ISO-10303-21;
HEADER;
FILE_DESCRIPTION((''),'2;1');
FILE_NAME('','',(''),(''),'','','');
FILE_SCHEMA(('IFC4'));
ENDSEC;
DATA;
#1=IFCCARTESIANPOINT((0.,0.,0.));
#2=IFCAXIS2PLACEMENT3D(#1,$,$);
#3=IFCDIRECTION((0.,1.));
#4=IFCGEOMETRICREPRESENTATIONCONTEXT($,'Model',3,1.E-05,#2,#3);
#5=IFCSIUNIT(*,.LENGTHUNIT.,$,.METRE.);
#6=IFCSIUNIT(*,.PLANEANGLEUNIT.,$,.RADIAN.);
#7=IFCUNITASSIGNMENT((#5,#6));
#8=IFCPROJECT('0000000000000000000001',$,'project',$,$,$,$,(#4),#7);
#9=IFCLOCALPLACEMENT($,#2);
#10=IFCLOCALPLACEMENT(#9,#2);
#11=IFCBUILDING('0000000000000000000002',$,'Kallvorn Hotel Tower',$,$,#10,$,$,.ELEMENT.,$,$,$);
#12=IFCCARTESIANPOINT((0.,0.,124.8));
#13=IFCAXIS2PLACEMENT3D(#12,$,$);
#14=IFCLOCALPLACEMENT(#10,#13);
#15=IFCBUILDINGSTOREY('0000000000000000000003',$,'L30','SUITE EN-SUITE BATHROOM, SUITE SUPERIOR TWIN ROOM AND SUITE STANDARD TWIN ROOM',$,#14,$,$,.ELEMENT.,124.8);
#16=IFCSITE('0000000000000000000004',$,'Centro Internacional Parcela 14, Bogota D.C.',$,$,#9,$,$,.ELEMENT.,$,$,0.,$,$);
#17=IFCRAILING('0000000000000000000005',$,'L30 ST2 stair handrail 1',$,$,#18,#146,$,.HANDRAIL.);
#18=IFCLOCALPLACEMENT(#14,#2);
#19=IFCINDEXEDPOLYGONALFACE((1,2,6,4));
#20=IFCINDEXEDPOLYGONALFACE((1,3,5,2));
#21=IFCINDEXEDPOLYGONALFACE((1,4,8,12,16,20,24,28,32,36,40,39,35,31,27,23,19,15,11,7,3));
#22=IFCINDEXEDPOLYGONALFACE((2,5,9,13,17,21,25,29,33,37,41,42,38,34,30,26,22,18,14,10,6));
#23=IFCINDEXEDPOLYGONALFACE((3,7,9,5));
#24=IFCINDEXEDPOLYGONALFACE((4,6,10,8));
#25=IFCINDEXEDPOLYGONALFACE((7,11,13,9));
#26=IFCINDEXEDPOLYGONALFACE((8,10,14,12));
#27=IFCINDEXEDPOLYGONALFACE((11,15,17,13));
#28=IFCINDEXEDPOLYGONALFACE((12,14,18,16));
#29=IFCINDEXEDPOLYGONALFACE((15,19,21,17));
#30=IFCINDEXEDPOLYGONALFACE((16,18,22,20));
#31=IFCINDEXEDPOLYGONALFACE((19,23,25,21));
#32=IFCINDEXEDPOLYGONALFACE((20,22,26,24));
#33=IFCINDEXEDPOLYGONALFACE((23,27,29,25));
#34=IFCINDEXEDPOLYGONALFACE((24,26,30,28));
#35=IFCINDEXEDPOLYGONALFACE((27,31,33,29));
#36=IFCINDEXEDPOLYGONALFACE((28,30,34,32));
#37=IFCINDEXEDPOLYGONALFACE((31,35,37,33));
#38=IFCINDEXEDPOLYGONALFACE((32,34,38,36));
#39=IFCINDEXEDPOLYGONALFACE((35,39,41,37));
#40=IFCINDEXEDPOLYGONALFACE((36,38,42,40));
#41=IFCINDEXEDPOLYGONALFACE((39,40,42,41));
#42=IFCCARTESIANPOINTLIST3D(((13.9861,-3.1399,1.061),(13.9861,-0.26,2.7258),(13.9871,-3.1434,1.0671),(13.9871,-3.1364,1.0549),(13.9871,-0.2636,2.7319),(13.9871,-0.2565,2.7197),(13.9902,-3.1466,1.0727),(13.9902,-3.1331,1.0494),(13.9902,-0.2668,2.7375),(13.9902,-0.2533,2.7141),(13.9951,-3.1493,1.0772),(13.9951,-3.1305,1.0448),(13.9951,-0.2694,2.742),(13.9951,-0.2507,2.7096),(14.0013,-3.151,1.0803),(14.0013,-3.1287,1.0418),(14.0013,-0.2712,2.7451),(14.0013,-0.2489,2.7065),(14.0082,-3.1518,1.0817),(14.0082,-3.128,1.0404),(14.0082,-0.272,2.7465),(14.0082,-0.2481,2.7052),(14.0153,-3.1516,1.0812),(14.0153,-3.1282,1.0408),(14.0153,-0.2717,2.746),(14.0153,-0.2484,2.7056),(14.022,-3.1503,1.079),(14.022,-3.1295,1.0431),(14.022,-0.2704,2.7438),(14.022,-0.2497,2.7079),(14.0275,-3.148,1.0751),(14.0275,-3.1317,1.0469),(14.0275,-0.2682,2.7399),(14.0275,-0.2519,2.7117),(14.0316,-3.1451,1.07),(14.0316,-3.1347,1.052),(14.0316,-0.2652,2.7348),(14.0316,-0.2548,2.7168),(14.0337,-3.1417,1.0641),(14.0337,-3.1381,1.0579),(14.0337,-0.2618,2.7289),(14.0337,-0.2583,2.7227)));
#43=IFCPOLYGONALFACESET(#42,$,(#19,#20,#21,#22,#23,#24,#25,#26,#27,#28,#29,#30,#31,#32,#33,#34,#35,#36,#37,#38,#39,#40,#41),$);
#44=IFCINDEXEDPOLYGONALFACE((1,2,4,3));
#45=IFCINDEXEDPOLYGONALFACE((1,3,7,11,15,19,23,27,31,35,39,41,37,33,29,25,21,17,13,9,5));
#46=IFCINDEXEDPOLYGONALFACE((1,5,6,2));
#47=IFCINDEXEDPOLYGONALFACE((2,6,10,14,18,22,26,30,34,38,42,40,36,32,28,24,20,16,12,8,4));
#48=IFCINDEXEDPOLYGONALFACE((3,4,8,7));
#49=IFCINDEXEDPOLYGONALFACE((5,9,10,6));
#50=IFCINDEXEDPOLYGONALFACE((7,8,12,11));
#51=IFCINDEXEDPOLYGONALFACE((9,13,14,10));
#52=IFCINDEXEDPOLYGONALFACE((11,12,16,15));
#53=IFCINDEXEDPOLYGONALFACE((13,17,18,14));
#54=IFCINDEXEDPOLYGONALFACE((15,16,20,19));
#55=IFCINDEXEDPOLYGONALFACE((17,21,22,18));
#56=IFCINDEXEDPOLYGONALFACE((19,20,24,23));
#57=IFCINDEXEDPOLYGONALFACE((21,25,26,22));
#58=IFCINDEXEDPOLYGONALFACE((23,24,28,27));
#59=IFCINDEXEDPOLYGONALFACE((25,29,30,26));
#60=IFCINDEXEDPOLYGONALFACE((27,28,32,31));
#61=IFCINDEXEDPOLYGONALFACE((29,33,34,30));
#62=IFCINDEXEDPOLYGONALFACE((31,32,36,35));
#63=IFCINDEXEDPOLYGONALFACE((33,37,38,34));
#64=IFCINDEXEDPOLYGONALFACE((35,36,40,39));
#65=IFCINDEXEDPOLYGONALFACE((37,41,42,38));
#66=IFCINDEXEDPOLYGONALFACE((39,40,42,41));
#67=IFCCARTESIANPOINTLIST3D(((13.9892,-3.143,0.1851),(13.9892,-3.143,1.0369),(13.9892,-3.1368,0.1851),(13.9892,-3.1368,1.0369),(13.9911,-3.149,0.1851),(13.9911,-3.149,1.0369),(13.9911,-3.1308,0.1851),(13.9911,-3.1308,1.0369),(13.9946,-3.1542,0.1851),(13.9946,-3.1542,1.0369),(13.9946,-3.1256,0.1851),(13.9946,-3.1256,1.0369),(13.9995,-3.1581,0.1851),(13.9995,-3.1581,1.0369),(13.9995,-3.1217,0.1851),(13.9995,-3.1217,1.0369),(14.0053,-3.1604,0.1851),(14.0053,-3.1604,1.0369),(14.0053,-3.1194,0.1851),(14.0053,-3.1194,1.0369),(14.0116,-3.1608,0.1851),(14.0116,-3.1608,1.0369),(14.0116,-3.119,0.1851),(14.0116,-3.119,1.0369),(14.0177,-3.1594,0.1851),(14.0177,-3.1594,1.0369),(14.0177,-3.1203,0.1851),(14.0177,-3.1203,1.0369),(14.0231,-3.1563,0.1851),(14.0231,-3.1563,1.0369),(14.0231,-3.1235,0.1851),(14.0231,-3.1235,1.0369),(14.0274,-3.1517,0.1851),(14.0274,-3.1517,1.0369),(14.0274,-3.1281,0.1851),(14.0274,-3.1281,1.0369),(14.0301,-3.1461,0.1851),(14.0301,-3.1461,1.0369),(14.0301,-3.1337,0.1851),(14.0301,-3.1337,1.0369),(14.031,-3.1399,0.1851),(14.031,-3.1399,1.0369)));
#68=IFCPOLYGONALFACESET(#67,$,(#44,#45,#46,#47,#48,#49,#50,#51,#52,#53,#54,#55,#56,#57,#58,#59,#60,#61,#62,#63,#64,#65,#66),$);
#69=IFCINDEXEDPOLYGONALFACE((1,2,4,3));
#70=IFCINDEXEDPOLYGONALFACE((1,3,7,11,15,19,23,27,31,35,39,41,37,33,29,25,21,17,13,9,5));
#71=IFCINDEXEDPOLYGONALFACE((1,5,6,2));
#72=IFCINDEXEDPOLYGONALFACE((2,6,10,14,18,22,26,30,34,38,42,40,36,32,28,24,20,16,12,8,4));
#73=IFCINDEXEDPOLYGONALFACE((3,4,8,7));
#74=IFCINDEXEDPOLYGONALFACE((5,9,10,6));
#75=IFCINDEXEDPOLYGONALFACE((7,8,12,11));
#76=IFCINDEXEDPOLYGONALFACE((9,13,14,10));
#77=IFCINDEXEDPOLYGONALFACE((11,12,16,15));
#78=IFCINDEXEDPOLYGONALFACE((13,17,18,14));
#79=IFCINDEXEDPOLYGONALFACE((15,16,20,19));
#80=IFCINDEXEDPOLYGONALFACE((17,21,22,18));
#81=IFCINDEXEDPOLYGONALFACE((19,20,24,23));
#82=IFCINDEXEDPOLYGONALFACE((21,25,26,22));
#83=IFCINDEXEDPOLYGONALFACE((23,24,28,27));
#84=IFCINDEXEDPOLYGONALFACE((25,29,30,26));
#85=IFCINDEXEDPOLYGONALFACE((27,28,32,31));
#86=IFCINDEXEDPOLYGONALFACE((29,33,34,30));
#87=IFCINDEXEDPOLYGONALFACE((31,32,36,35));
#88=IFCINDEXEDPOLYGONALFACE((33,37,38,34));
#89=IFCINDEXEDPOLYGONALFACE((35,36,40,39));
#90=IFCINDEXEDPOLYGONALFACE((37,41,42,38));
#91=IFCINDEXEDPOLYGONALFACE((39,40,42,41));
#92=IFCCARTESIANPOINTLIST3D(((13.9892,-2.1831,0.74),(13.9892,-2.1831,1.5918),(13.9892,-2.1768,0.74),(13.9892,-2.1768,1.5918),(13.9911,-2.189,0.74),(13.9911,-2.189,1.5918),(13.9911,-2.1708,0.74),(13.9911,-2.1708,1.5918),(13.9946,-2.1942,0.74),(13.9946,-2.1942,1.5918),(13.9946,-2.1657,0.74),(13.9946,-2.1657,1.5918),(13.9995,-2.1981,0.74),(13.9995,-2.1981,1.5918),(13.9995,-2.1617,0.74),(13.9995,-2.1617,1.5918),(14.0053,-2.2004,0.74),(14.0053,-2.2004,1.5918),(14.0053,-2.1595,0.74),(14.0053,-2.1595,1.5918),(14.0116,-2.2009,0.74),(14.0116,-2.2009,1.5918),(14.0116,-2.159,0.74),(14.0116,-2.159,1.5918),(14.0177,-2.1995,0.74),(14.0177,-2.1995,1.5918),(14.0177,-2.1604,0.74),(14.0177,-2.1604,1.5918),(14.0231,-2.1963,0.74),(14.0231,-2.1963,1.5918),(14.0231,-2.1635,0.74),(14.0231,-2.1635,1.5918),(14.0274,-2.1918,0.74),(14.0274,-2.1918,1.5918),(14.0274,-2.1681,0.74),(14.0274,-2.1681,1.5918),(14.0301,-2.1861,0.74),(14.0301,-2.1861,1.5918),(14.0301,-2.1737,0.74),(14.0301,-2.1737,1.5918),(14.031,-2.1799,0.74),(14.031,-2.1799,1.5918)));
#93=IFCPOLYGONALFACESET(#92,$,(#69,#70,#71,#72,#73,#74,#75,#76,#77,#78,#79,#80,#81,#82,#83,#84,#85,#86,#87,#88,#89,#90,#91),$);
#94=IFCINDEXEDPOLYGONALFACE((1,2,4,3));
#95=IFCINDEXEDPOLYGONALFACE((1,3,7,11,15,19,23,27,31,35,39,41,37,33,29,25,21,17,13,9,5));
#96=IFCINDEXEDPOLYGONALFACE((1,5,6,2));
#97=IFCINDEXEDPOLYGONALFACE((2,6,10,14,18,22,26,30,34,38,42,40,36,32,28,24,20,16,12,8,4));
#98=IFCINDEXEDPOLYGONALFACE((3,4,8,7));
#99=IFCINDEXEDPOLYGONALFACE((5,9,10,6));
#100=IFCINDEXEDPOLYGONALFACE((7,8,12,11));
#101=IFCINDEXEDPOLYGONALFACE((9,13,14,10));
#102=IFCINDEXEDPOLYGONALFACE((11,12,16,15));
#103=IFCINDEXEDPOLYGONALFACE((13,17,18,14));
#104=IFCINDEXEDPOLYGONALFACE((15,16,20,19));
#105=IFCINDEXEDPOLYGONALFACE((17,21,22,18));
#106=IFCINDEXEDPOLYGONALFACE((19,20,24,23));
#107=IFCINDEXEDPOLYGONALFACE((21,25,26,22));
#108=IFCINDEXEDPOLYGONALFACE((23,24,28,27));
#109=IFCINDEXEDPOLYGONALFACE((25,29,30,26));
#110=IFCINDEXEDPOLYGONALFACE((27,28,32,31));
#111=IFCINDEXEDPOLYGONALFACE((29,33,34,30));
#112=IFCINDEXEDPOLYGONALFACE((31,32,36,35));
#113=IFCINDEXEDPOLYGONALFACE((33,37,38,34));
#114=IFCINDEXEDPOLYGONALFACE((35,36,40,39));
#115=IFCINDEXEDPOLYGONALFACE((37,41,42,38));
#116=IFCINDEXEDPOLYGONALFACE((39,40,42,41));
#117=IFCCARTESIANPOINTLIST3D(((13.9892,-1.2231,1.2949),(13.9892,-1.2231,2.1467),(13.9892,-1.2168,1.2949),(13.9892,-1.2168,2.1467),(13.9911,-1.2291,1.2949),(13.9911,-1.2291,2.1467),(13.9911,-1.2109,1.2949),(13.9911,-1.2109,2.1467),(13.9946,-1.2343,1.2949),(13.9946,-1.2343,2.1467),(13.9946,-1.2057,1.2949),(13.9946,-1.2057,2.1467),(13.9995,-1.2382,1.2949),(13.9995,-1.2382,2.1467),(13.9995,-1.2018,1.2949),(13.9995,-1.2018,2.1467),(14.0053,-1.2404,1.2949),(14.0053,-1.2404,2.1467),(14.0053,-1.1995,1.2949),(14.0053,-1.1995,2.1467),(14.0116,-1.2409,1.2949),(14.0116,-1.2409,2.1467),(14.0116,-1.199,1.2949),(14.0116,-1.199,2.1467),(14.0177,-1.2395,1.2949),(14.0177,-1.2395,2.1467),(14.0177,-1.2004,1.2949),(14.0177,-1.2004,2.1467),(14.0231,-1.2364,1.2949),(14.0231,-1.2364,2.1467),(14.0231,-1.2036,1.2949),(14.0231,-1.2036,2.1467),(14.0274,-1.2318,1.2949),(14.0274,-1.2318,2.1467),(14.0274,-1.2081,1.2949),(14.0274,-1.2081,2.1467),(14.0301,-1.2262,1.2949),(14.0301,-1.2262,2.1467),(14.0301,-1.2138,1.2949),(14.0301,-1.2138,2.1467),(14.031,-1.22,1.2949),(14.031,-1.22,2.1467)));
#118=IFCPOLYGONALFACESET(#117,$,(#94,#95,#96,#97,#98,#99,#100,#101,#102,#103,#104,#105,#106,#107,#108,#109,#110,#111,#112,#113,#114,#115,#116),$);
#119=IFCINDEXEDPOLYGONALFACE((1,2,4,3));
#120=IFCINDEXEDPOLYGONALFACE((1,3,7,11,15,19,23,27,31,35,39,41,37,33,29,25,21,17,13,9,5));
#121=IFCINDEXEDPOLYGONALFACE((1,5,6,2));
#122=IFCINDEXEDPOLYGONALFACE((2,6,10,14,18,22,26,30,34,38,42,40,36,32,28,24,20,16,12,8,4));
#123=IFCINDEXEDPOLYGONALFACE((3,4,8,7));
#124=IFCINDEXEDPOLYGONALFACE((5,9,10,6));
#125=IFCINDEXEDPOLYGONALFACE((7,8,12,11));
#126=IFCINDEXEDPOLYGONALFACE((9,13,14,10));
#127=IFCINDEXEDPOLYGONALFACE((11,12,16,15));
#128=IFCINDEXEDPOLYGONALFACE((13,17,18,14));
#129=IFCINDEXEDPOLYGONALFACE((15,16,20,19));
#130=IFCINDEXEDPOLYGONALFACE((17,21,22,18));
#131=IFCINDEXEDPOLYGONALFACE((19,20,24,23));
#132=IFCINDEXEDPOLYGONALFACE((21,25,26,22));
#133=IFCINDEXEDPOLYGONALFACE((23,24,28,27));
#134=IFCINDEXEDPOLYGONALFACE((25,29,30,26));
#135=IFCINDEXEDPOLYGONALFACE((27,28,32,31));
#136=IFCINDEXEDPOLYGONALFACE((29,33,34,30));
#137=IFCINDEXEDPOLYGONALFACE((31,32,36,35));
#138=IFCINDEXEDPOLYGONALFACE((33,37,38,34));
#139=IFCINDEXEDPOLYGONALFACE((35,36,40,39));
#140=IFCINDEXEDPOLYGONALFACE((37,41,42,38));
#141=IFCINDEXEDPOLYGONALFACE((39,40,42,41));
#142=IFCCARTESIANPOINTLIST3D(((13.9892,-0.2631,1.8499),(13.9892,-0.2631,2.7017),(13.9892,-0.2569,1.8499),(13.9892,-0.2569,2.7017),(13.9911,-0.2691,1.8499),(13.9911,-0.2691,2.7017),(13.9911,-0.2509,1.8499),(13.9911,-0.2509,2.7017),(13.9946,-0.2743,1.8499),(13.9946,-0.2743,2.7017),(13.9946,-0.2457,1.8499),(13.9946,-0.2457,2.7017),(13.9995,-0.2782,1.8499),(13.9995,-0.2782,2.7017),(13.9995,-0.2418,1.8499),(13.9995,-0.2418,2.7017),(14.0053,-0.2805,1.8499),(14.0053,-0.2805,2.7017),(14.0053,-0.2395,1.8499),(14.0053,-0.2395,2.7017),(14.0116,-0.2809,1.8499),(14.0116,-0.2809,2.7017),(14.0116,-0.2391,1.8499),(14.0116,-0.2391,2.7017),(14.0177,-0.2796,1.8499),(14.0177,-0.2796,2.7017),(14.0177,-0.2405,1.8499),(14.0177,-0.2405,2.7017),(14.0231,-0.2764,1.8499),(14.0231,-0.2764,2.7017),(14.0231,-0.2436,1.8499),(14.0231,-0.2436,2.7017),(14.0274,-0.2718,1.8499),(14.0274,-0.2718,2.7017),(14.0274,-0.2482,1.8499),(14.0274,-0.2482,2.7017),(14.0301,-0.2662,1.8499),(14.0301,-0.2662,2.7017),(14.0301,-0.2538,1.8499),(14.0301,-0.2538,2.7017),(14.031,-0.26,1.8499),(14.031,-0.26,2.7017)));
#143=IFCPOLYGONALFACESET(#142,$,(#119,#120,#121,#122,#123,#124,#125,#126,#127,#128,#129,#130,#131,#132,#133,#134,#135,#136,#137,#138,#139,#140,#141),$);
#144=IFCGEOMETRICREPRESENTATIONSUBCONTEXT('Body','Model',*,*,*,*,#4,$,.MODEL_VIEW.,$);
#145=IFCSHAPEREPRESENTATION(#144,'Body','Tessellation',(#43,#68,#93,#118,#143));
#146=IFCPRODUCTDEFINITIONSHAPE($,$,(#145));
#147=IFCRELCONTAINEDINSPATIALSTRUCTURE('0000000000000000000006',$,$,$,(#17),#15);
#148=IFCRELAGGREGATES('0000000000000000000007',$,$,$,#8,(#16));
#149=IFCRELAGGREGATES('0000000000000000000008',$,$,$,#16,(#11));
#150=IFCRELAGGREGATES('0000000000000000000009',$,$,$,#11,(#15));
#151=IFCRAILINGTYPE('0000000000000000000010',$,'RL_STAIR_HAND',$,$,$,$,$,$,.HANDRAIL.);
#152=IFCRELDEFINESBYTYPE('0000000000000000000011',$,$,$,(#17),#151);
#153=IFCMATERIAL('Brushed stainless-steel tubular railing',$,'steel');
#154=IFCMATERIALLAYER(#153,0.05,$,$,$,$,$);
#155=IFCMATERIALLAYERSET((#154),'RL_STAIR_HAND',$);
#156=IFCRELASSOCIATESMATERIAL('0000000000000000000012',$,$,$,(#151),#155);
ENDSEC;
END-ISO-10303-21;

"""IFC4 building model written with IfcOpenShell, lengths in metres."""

from ifc_helpers import new_model, si_unit, direction, frame, origin, origin_2d, place, context, subcontext, project, spatial, circle, extrude, material, layer, layer_set, type_object, element, save


model = new_model("IFC4")

# Units and contexts
model_context = context("Model", 3, precision=1e-05, world=origin(), true_north=direction((0.0, 1.0)))
body_context = subcontext(model_context, "Body", "Model", "MODEL_VIEW")
ifc_project = project(units=[si_unit("LENGTHUNIT", "METRE"), si_unit("PLANEANGLEUNIT", "RADIAN")], contexts=[model_context])

# Site, building, storey
site_placement = place(None, origin())
site = spatial("IfcSite", under=ifc_project, at=site_placement, Name="Centro Internacional Parcela 14, Bogota D.C.", CompositionType="ELEMENT", RefElevation=0.0)
building_placement = place(site_placement, origin())
building = spatial("IfcBuilding", under=site, at=building_placement, Name="Kallvorn Hotel Tower", CompositionType="ELEMENT")
storey_placement = place(building_placement, frame((0.0, 0.0, 124.8)))
storey = spatial("IfcBuildingStorey", under=building, at=storey_placement, Name="L30", Description="SUITE EN-SUITE BATHROOM, SUITE SUPERIOR TWIN ROOM AND SUITE STANDARD TWIN ROOM", CompositionType="ELEMENT", Elevation=124.8)

# Railing
ifc_material_1 = material(Name="Brushed stainless-steel tubular railing", Category="steel")
ifc_layer_1 = layer(ifc_material_1, 0.05)
ifc_layer_set_1 = layer_set([ifc_layer_1], Name="RL_STAIR_HAND")
railing_type_1 = type_object("IfcRailingType", Name="RL_STAIR_HAND", PredefinedType="HANDRAIL", material=ifc_layer_set_1)
railing_1_placement = place(storey_placement, frame((14.01, -3.1399, 0.1851)))
element("IfcRailing", 1, at=railing_1_placement, inside=storey, type_object=railing_type_1, Name="L30 ST2 stair handrail 1", PredefinedType="HANDRAIL", context=body_context, shape_type="SweptSolid", body=[
    extrude(circle(Radius=0.0239, at=origin_2d()), frame((0.0, 0.0, 0.876), z_axis=(0.0, 0.865753, 0.500472), x_axis=(-1.0, 0.0, 0.0)), (0.0, 0.0, 1.0), 3.3264),
    extrude(circle(Radius=0.021, at=origin_2d()), origin(), (0.0, 0.0, 1.0), 0.8518),
    extrude(circle(Radius=0.021, at=origin_2d()), frame((0.0, 0.96, 0.5549)), (0.0, 0.0, 1.0), 0.8518),
    extrude(circle(Radius=0.021, at=origin_2d()), frame((0.0, 1.9199, 1.1099)), (0.0, 0.0, 1.0), 0.8518),
    extrude(circle(Radius=0.021, at=origin_2d()), frame((0.0, 2.8799, 1.6648)), (0.0, 0.0, 1.0), 0.8518),
])

save(model, "model.ifc")
